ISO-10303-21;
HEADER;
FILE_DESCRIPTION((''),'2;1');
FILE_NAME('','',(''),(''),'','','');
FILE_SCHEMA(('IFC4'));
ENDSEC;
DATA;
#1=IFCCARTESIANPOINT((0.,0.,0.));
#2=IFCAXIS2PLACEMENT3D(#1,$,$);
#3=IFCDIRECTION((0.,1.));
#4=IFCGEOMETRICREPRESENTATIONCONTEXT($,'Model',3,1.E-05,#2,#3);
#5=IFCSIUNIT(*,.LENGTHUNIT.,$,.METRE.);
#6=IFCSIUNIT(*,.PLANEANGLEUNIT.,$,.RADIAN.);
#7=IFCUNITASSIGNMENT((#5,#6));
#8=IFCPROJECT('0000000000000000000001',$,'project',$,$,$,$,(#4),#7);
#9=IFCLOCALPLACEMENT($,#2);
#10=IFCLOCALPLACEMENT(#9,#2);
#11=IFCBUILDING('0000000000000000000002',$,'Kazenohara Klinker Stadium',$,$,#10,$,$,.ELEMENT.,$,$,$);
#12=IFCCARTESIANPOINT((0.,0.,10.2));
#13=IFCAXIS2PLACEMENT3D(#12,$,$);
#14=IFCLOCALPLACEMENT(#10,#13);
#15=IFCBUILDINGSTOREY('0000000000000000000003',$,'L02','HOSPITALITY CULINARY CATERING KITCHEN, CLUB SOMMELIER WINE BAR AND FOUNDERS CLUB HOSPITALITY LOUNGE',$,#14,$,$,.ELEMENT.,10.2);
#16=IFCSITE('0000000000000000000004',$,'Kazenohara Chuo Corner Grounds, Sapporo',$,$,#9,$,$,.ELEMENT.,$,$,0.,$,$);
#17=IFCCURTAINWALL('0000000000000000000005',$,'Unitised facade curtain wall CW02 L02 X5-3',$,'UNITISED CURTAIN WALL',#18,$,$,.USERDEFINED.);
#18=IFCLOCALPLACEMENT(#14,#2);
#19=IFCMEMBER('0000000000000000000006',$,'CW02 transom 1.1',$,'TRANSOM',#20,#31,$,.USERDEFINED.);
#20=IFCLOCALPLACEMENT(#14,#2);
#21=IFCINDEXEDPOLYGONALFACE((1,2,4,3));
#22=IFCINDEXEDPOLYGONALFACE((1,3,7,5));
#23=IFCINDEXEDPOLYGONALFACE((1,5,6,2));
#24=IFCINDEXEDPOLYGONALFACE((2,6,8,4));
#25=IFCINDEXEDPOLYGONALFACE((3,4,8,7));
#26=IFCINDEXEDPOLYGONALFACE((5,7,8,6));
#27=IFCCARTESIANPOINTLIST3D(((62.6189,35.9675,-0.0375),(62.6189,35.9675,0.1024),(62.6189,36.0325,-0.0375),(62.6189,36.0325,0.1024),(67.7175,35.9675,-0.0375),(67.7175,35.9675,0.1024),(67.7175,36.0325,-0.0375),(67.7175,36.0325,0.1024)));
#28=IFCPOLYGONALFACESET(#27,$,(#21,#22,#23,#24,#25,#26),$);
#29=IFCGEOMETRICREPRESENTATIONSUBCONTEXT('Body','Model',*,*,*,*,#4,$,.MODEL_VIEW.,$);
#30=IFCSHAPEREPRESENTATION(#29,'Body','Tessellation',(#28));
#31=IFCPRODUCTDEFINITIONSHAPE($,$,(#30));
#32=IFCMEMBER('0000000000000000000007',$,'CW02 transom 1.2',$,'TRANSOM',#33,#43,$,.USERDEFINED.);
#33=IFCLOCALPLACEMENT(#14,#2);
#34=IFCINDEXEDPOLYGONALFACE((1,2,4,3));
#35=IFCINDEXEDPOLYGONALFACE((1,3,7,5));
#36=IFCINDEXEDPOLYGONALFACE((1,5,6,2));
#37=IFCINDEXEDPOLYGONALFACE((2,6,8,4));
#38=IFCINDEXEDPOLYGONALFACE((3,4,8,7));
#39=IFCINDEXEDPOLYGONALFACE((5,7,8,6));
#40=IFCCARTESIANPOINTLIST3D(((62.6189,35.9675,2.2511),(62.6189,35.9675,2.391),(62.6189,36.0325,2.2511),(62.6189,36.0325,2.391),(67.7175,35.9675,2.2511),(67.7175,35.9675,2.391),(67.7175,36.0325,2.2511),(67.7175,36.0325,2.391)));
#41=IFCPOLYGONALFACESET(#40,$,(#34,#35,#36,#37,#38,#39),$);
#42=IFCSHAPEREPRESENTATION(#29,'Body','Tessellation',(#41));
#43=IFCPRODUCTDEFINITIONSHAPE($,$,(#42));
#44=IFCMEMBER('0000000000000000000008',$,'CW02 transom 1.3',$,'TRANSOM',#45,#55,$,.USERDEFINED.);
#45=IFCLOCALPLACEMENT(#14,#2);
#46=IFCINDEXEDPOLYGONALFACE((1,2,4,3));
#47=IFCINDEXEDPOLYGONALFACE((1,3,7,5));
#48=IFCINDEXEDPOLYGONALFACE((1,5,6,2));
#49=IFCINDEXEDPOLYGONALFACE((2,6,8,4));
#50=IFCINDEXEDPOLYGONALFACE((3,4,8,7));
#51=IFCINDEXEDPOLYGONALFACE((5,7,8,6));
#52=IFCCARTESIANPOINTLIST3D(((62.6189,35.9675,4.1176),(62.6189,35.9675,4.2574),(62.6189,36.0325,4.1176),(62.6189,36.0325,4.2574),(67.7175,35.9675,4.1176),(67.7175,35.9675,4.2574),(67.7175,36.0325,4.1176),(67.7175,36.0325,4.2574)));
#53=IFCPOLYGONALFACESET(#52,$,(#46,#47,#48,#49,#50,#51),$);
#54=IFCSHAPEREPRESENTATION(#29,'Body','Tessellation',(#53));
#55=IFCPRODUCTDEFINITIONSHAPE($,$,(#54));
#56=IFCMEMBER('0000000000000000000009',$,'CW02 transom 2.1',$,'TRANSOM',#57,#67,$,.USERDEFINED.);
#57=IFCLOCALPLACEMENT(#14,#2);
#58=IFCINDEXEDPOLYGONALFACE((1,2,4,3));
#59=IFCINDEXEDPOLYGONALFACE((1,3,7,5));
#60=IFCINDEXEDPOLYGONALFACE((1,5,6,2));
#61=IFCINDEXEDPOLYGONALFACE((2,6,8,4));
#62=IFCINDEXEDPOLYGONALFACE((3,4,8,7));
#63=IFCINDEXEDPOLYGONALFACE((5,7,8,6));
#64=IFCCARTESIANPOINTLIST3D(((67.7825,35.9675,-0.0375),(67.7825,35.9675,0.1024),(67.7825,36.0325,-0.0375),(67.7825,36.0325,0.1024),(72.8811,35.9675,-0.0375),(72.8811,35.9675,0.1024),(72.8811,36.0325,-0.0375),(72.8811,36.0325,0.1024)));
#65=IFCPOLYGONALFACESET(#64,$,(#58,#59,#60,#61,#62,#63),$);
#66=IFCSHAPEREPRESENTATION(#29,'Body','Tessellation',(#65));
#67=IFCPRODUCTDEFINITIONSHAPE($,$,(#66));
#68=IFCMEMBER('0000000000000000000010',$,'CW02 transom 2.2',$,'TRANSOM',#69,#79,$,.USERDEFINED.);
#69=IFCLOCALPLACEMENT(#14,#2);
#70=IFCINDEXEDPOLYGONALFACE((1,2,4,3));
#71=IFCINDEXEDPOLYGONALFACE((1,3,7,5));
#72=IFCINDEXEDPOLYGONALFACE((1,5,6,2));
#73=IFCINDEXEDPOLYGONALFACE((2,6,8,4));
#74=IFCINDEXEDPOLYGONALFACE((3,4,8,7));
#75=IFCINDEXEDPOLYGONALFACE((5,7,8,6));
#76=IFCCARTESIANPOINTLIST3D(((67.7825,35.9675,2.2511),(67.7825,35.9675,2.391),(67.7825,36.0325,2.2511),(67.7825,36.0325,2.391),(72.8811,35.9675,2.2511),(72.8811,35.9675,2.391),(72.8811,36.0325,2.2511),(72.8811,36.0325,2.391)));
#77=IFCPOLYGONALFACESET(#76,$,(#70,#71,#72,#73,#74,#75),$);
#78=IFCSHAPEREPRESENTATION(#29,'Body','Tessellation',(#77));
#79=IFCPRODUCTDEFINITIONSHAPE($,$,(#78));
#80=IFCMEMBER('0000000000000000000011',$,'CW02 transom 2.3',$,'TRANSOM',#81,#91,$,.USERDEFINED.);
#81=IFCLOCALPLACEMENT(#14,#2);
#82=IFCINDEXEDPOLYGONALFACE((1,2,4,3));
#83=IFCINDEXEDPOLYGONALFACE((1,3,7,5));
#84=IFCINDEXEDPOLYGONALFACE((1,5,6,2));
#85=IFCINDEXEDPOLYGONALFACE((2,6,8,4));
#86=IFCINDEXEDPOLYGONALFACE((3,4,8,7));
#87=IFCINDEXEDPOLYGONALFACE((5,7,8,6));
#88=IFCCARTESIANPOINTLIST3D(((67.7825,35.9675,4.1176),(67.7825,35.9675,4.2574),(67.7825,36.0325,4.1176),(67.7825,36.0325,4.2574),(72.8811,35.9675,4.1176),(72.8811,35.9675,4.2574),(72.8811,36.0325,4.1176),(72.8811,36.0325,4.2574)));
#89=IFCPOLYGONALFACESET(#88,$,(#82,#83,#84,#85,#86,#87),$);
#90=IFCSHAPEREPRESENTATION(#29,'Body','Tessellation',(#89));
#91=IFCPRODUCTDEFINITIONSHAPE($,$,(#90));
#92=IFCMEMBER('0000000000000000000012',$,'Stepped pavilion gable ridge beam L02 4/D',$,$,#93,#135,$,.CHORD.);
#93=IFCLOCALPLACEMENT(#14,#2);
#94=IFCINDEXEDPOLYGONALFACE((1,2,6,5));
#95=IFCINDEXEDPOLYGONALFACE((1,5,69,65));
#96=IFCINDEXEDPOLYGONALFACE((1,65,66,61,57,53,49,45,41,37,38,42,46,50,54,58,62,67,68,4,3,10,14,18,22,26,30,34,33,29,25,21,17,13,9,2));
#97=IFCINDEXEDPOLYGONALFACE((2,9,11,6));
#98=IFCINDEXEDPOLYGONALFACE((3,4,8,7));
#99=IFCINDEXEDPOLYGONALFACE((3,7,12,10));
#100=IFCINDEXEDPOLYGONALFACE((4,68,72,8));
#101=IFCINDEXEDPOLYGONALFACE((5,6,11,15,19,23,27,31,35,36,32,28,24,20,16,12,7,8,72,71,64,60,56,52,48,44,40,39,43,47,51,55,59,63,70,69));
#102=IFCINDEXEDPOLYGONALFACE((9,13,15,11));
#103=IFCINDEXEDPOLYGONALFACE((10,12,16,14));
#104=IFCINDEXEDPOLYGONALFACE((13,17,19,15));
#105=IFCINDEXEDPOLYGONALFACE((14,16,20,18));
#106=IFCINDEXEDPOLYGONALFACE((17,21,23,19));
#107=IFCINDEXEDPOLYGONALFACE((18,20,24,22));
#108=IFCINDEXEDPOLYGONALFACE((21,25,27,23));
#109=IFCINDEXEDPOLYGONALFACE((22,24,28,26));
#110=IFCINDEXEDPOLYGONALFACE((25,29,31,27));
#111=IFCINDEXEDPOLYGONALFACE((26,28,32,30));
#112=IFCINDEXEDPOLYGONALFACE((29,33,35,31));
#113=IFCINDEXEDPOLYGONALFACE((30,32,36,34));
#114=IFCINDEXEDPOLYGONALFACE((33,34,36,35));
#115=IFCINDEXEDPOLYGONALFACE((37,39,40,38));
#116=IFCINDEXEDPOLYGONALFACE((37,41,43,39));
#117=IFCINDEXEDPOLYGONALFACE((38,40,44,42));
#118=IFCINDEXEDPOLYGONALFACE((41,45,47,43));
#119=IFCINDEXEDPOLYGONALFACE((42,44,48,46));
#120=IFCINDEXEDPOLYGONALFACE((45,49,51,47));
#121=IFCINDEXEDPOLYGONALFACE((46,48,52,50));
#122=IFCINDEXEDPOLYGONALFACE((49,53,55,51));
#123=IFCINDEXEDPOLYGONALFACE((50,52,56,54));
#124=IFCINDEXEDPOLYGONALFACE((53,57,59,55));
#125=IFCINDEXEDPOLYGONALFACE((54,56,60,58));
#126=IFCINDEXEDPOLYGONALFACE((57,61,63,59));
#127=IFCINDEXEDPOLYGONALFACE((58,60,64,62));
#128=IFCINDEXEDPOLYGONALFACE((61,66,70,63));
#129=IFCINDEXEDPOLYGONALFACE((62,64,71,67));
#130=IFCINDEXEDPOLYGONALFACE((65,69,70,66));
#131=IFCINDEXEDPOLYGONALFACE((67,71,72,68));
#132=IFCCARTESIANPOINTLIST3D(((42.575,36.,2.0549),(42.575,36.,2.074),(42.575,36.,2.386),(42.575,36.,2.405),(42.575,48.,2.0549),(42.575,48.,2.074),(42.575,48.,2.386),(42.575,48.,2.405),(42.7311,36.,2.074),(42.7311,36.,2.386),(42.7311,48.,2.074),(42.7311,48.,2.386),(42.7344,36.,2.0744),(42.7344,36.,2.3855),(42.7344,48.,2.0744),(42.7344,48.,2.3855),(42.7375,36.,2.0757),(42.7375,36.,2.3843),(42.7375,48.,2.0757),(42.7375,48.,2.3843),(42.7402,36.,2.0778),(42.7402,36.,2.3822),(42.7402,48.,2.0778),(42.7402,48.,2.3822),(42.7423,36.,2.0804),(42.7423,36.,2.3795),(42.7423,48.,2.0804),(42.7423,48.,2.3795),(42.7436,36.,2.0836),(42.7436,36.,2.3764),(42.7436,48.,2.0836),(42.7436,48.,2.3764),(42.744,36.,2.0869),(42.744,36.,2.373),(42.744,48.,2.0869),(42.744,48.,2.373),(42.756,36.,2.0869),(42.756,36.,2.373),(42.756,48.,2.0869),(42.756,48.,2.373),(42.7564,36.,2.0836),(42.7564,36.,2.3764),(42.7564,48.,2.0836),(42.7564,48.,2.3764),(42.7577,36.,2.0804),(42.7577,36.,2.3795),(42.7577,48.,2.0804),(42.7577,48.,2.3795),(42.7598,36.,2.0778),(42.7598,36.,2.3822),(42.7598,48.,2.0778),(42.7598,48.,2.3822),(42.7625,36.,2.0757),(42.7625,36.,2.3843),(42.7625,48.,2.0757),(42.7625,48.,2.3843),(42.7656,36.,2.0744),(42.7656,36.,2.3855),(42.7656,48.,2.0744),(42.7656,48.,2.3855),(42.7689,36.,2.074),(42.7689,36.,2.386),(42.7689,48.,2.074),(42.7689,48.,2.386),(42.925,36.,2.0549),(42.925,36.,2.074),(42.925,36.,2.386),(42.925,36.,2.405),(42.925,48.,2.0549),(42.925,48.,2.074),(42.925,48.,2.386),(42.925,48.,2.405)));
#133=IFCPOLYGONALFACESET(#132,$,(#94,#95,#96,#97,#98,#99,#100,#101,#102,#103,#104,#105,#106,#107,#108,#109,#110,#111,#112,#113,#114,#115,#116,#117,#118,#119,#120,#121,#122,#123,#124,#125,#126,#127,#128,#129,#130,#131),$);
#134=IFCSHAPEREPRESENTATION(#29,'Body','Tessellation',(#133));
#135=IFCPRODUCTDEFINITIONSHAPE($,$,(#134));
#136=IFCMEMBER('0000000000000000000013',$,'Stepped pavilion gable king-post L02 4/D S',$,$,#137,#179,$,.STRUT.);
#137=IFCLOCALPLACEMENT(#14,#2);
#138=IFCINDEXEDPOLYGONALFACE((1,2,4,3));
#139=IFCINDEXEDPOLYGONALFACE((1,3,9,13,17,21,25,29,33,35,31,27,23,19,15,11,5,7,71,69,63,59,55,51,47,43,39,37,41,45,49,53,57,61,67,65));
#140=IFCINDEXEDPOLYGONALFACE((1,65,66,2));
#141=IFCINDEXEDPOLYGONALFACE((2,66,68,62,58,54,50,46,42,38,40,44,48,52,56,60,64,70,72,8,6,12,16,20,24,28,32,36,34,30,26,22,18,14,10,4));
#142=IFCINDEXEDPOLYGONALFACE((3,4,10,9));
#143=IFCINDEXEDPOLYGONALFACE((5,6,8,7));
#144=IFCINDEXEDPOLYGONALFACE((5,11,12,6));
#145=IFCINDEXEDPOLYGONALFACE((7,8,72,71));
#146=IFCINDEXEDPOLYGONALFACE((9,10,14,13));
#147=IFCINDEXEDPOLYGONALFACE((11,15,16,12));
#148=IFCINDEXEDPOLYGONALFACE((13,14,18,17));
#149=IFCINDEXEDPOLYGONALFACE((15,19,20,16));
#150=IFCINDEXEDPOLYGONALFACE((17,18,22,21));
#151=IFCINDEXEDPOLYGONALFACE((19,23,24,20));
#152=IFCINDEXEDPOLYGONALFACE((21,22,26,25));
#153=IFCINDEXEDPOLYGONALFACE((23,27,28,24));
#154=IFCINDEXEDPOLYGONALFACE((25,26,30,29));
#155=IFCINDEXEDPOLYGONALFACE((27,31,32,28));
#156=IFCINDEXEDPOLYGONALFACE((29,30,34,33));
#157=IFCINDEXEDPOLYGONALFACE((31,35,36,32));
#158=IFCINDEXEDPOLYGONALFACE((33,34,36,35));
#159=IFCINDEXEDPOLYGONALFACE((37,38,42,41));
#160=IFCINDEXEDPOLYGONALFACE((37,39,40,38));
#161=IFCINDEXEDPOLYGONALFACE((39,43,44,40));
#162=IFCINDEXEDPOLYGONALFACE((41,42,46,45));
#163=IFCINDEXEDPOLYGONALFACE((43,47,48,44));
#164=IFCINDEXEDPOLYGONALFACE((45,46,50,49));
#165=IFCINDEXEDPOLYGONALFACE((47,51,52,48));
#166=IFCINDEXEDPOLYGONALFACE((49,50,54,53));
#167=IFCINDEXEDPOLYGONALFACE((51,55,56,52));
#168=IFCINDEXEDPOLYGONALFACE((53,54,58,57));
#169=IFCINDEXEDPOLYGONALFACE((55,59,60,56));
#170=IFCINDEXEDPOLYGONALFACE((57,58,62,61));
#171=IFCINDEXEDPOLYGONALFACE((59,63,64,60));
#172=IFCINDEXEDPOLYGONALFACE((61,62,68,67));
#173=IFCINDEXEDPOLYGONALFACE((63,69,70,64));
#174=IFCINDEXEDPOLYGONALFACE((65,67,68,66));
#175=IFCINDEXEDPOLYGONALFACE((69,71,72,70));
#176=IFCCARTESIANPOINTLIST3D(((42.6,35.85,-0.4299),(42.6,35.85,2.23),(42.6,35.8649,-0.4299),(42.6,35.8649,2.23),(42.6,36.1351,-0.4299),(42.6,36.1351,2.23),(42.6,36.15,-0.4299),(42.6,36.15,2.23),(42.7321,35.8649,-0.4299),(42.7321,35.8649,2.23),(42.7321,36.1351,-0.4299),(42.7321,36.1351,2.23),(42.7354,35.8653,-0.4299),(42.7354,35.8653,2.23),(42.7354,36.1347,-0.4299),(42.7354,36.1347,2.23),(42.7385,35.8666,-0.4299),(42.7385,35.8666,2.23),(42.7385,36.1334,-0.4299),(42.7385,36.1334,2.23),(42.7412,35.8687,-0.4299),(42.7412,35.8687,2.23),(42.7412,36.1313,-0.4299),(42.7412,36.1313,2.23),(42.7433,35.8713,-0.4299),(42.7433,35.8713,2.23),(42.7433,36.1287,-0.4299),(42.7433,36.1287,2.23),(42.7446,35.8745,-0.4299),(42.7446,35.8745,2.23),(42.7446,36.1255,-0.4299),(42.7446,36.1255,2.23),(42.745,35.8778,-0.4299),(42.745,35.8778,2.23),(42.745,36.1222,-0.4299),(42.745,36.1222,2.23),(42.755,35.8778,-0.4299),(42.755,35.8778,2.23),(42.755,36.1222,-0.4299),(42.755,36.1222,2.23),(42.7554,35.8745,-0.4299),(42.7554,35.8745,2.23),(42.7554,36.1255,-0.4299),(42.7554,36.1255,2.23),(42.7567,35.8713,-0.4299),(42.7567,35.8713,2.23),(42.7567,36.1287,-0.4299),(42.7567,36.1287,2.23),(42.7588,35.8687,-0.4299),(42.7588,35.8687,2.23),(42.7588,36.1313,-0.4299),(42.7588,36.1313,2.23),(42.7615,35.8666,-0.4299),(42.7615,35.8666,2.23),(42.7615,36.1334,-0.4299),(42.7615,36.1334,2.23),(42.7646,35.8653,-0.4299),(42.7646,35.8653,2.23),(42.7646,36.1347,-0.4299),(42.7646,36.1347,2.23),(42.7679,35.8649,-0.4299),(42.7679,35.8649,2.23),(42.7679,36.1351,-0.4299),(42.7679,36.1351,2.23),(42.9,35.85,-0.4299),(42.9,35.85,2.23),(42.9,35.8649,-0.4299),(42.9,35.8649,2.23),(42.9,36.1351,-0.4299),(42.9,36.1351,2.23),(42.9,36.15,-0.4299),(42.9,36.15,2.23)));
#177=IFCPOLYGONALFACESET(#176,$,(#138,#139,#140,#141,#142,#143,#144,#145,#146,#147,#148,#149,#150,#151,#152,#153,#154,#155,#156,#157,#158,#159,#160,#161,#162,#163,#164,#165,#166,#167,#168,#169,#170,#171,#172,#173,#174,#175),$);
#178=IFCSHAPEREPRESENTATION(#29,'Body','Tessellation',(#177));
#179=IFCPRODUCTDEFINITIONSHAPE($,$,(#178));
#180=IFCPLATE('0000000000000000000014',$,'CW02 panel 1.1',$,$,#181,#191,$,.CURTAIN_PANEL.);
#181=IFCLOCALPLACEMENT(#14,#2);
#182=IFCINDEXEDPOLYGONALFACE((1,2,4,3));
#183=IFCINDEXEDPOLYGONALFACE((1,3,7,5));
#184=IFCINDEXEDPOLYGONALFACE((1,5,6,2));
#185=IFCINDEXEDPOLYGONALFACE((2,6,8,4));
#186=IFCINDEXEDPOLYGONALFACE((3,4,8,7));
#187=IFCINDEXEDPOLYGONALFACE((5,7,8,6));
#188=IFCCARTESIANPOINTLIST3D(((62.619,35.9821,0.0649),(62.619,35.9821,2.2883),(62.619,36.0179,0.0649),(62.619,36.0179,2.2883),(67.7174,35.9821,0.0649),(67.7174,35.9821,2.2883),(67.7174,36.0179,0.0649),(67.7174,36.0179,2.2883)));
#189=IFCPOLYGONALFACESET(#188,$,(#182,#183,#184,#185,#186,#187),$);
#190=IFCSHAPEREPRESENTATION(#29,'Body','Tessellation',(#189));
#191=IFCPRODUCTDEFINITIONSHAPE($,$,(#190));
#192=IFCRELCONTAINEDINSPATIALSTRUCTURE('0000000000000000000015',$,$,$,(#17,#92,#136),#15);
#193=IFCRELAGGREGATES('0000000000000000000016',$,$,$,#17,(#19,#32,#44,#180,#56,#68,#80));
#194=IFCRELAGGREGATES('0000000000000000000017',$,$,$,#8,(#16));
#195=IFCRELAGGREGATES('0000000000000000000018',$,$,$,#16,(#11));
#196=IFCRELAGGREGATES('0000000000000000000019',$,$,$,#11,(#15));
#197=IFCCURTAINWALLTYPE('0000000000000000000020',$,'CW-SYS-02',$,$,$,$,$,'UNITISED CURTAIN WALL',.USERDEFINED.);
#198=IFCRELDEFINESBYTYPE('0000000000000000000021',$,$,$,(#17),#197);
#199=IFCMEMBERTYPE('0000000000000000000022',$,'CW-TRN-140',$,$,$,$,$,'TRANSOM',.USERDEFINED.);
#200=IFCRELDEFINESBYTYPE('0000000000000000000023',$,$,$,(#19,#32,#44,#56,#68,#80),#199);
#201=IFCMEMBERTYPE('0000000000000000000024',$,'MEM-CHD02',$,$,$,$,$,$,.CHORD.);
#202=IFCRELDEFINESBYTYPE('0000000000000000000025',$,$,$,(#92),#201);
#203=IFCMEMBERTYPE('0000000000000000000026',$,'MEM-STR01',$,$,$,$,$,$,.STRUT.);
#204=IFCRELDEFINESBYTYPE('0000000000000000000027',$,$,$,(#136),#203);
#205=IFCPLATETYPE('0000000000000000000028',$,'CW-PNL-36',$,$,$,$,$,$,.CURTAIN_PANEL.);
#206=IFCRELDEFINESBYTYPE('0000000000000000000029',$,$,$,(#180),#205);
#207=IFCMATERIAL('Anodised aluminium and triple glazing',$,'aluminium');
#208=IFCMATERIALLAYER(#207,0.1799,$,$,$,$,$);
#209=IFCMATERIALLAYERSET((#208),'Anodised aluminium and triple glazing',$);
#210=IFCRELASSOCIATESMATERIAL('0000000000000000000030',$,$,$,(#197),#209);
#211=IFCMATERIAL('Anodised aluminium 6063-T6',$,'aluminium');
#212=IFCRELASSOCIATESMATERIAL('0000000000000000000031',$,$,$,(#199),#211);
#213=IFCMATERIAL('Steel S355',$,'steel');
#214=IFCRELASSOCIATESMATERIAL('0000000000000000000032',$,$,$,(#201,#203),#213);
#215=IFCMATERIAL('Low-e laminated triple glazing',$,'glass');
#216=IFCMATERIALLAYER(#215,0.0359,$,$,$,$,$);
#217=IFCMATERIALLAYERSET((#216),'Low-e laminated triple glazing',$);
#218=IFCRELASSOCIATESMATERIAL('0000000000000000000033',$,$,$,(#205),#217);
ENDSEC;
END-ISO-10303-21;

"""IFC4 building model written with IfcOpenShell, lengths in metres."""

from ifc_helpers import new_model, si_unit, direction, frame, origin, origin_2d, place, context, subcontext, project, spatial, rectangle, i_section, extrude, material, layer, layer_set, material_profile, profile_set, type_object, element, aggregate, save


model = new_model("IFC4")

# Units and contexts
model_context = context("Model", 3, precision=1e-05, world=origin(), true_north=direction((0.0, 1.0)))
body_context = subcontext(model_context, "Body", "Model", "MODEL_VIEW")
ifc_project = project(units=[si_unit("LENGTHUNIT", "METRE"), si_unit("PLANEANGLEUNIT", "RADIAN")], contexts=[model_context])

# Site, building, storey
site_placement = place(None, origin())
site = spatial("IfcSite", under=ifc_project, at=site_placement, Name="Kazenohara Chuo Corner Grounds, Sapporo", CompositionType="ELEMENT", RefElevation=0.0)
building_placement = place(site_placement, origin())
building = spatial("IfcBuilding", under=site, at=building_placement, Name="Kazenohara Klinker Stadium", CompositionType="ELEMENT")
storey_placement = place(building_placement, frame((0.0, 0.0, 10.2)))
storey = spatial("IfcBuildingStorey", under=building, at=storey_placement, Name="L02", Description="HOSPITALITY CULINARY CATERING KITCHEN, CLUB SOMMELIER WINE BAR AND FOUNDERS CLUB HOSPITALITY LOUNGE", CompositionType="ELEMENT", Elevation=10.2)

# Shared definitions
ifc_material_1 = material(Name="Steel S355", Category="steel")

# Curtain wall, members
ifc_material_2 = material(Name="Anodised aluminium and triple glazing", Category="aluminium")
ifc_layer_1 = layer(ifc_material_2, 0.1799)
ifc_layer_set_1 = layer_set([ifc_layer_1], Name="Anodised aluminium and triple glazing")
curtain_wall_type = type_object("IfcCurtainWallType", Name="CW-SYS-02", ElementType="UNITISED CURTAIN WALL", PredefinedType="USERDEFINED", material=ifc_layer_set_1)
curtain_wall_placement = place(storey_placement, origin())
curtain_wall = element("IfcCurtainWall", 1, at=curtain_wall_placement, inside=storey, type_object=curtain_wall_type, Name="Unitised facade curtain wall CW02 L02 X5-3", ObjectType="UNITISED CURTAIN WALL", PredefinedType="USERDEFINED")
ifc_material_3 = material(Name="Anodised aluminium 6063-T6", Category="aluminium")
ifc_material_profile_1 = material_profile(ifc_material_3, rectangle(XDim=0.0649, YDim=0.1399, at=origin_2d()), Name="ALU-TRN-65x140")
ifc_profile_set_1 = profile_set([ifc_material_profile_1], Name="Anodised aluminium 6063-T6")
member_type_1 = type_object("IfcMemberType", Name="CW-TRN-140", ElementType="TRANSOM", PredefinedType="USERDEFINED", material=ifc_profile_set_1)
member_1_placement = place(storey_placement, frame((62.6189, 36.0, 0.0325), z_axis=(1.0, 0.0, 0.0), x_axis=(0.0, 1.0, 0.0)))
member_1 = element("IfcMember", 2, at=member_1_placement, type_object=member_type_1, Name="CW02 transom 1.1", ObjectType="TRANSOM", PredefinedType="USERDEFINED", context=body_context, shape_type="SweptSolid", body=[
    extrude(rectangle(XDim=0.0649, YDim=0.1399, at=origin_2d()), origin(), (0.0, 0.0, 1.0), 5.0986),
])
member_2_placement = place(storey_placement, frame((62.6189, 36.0, 2.321), z_axis=(1.0, 0.0, 0.0), x_axis=(0.0, 1.0, 0.0)))
member_2 = element("IfcMember", 3, at=member_2_placement, type_object=member_type_1, Name="CW02 transom 1.2", ObjectType="TRANSOM", PredefinedType="USERDEFINED", context=body_context, shape_type="SweptSolid", body=[
    extrude(rectangle(XDim=0.0649, YDim=0.1399, at=origin_2d()), origin(), (0.0, 0.0, 1.0), 5.0986),
])
member_3_placement = place(storey_placement, frame((62.6189, 36.0, 4.1875), z_axis=(1.0, 0.0, 0.0), x_axis=(0.0, 1.0, 0.0)))
member_3 = element("IfcMember", 4, at=member_3_placement, type_object=member_type_1, Name="CW02 transom 1.3", ObjectType="TRANSOM", PredefinedType="USERDEFINED", context=body_context, shape_type="SweptSolid", body=[
    extrude(rectangle(XDim=0.0649, YDim=0.1399, at=origin_2d()), origin(), (0.0, 0.0, 1.0), 5.0986),
])
member_4_placement = place(storey_placement, frame((67.7825, 36.0, 0.0325), z_axis=(1.0, 0.0, 0.0), x_axis=(0.0, 1.0, 0.0)))
member_4 = element("IfcMember", 5, at=member_4_placement, type_object=member_type_1, Name="CW02 transom 2.1", ObjectType="TRANSOM", PredefinedType="USERDEFINED", context=body_context, shape_type="SweptSolid", body=[
    extrude(rectangle(XDim=0.0649, YDim=0.1399, at=origin_2d()), origin(), (0.0, 0.0, 1.0), 5.0986),
])
member_5_placement = place(storey_placement, frame((67.7825, 36.0, 2.321), z_axis=(1.0, 0.0, 0.0), x_axis=(0.0, 1.0, 0.0)))
member_5 = element("IfcMember", 6, at=member_5_placement, type_object=member_type_1, Name="CW02 transom 2.2", ObjectType="TRANSOM", PredefinedType="USERDEFINED", context=body_context, shape_type="SweptSolid", body=[
    extrude(rectangle(XDim=0.0649, YDim=0.1399, at=origin_2d()), origin(), (0.0, 0.0, 1.0), 5.0986),
])
member_6_placement = place(storey_placement, frame((67.7825, 36.0, 4.1875), z_axis=(1.0, 0.0, 0.0), x_axis=(0.0, 1.0, 0.0)))
member_6 = element("IfcMember", 7, at=member_6_placement, type_object=member_type_1, Name="CW02 transom 2.3", ObjectType="TRANSOM", PredefinedType="USERDEFINED", context=body_context, shape_type="SweptSolid", body=[
    extrude(rectangle(XDim=0.0649, YDim=0.1399, at=origin_2d()), origin(), (0.0, 0.0, 1.0), 5.0986),
])

# Members
ifc_material_profile_2 = material_profile(ifc_material_1, i_section(OverallWidth=0.3501, OverallDepth=0.3501, WebThickness=0.012, FlangeThickness=0.019, FilletRadius=0.0129, at=origin_2d()), Name="H-350x350x12x19")
ifc_profile_set_2 = profile_set([ifc_material_profile_2], Name="Steel S355")
member_type_2 = type_object("IfcMemberType", Name="MEM-CHD02", PredefinedType="CHORD", material=ifc_profile_set_2)
member_7_placement = place(storey_placement, frame((42.75, 36.0, 2.23), z_axis=(0.0, 1.0, 0.0), x_axis=(-1.0, 0.0, 0.0)))
element("IfcMember", 8, at=member_7_placement, inside=storey, type_object=member_type_2, Name="Stepped pavilion gable ridge beam L02 4/D", PredefinedType="CHORD", context=body_context, shape_type="SweptSolid", body=[
    extrude(i_section(OverallWidth=0.3501, OverallDepth=0.3501, WebThickness=0.012, FlangeThickness=0.019, FilletRadius=0.0129, at=origin_2d()), origin(), (0.0, 0.0, 1.0), 12.0),
])
ifc_material_profile_3 = material_profile(ifc_material_1, i_section(OverallWidth=0.3, OverallDepth=0.3, WebThickness=0.01, FlangeThickness=0.0149, FilletRadius=0.0129, at=origin_2d()), Name="H-300x300x10x15")
ifc_profile_set_3 = profile_set([ifc_material_profile_3], Name="Steel S355")
member_type_3 = type_object("IfcMemberType", Name="MEM-STR01", PredefinedType="STRUT", material=ifc_profile_set_3)
member_8_placement = place(storey_placement, frame((42.75, 36.0, -0.4299), z_axis=(0.0, 0.0, 1.0), x_axis=(1.0, 0.0, 0.0)))
element("IfcMember", 9, at=member_8_placement, inside=storey, type_object=member_type_3, Name="Stepped pavilion gable king-post L02 4/D S", PredefinedType="STRUT", context=body_context, shape_type="SweptSolid", body=[
    extrude(i_section(OverallWidth=0.3, OverallDepth=0.3, WebThickness=0.01, FlangeThickness=0.0149, FilletRadius=0.0129, at=origin_2d()), origin(), (0.0, 0.0, 1.0), 2.6599),
])

# Plate
ifc_material_4 = material(Name="Low-e laminated triple glazing", Category="glass")
ifc_layer_2 = layer(ifc_material_4, 0.0359)
ifc_layer_set_2 = layer_set([ifc_layer_2], Name="Low-e laminated triple glazing")
plate_type = type_object("IfcPlateType", Name="CW-PNL-36", PredefinedType="CURTAIN_PANEL", material=ifc_layer_set_2)
plate_1_placement = place(storey_placement, frame((65.1682, 36.0, 0.0649), z_axis=(0.0, 0.0, 1.0), x_axis=(1.0, 0.0, 0.0)))
plate_1 = element("IfcPlate", 10, at=plate_1_placement, type_object=plate_type, Name="CW02 panel 1.1", PredefinedType="CURTAIN_PANEL", context=body_context, shape_type="SweptSolid", body=[
    extrude(rectangle(XDim=5.0984, YDim=0.0359, at=origin_2d()), origin(), (0.0, 0.0, 1.0), 2.2234),
])
aggregate(curtain_wall, [member_1, member_2, member_3, plate_1, member_4, member_5, member_6])

save(model, "model.ifc")
